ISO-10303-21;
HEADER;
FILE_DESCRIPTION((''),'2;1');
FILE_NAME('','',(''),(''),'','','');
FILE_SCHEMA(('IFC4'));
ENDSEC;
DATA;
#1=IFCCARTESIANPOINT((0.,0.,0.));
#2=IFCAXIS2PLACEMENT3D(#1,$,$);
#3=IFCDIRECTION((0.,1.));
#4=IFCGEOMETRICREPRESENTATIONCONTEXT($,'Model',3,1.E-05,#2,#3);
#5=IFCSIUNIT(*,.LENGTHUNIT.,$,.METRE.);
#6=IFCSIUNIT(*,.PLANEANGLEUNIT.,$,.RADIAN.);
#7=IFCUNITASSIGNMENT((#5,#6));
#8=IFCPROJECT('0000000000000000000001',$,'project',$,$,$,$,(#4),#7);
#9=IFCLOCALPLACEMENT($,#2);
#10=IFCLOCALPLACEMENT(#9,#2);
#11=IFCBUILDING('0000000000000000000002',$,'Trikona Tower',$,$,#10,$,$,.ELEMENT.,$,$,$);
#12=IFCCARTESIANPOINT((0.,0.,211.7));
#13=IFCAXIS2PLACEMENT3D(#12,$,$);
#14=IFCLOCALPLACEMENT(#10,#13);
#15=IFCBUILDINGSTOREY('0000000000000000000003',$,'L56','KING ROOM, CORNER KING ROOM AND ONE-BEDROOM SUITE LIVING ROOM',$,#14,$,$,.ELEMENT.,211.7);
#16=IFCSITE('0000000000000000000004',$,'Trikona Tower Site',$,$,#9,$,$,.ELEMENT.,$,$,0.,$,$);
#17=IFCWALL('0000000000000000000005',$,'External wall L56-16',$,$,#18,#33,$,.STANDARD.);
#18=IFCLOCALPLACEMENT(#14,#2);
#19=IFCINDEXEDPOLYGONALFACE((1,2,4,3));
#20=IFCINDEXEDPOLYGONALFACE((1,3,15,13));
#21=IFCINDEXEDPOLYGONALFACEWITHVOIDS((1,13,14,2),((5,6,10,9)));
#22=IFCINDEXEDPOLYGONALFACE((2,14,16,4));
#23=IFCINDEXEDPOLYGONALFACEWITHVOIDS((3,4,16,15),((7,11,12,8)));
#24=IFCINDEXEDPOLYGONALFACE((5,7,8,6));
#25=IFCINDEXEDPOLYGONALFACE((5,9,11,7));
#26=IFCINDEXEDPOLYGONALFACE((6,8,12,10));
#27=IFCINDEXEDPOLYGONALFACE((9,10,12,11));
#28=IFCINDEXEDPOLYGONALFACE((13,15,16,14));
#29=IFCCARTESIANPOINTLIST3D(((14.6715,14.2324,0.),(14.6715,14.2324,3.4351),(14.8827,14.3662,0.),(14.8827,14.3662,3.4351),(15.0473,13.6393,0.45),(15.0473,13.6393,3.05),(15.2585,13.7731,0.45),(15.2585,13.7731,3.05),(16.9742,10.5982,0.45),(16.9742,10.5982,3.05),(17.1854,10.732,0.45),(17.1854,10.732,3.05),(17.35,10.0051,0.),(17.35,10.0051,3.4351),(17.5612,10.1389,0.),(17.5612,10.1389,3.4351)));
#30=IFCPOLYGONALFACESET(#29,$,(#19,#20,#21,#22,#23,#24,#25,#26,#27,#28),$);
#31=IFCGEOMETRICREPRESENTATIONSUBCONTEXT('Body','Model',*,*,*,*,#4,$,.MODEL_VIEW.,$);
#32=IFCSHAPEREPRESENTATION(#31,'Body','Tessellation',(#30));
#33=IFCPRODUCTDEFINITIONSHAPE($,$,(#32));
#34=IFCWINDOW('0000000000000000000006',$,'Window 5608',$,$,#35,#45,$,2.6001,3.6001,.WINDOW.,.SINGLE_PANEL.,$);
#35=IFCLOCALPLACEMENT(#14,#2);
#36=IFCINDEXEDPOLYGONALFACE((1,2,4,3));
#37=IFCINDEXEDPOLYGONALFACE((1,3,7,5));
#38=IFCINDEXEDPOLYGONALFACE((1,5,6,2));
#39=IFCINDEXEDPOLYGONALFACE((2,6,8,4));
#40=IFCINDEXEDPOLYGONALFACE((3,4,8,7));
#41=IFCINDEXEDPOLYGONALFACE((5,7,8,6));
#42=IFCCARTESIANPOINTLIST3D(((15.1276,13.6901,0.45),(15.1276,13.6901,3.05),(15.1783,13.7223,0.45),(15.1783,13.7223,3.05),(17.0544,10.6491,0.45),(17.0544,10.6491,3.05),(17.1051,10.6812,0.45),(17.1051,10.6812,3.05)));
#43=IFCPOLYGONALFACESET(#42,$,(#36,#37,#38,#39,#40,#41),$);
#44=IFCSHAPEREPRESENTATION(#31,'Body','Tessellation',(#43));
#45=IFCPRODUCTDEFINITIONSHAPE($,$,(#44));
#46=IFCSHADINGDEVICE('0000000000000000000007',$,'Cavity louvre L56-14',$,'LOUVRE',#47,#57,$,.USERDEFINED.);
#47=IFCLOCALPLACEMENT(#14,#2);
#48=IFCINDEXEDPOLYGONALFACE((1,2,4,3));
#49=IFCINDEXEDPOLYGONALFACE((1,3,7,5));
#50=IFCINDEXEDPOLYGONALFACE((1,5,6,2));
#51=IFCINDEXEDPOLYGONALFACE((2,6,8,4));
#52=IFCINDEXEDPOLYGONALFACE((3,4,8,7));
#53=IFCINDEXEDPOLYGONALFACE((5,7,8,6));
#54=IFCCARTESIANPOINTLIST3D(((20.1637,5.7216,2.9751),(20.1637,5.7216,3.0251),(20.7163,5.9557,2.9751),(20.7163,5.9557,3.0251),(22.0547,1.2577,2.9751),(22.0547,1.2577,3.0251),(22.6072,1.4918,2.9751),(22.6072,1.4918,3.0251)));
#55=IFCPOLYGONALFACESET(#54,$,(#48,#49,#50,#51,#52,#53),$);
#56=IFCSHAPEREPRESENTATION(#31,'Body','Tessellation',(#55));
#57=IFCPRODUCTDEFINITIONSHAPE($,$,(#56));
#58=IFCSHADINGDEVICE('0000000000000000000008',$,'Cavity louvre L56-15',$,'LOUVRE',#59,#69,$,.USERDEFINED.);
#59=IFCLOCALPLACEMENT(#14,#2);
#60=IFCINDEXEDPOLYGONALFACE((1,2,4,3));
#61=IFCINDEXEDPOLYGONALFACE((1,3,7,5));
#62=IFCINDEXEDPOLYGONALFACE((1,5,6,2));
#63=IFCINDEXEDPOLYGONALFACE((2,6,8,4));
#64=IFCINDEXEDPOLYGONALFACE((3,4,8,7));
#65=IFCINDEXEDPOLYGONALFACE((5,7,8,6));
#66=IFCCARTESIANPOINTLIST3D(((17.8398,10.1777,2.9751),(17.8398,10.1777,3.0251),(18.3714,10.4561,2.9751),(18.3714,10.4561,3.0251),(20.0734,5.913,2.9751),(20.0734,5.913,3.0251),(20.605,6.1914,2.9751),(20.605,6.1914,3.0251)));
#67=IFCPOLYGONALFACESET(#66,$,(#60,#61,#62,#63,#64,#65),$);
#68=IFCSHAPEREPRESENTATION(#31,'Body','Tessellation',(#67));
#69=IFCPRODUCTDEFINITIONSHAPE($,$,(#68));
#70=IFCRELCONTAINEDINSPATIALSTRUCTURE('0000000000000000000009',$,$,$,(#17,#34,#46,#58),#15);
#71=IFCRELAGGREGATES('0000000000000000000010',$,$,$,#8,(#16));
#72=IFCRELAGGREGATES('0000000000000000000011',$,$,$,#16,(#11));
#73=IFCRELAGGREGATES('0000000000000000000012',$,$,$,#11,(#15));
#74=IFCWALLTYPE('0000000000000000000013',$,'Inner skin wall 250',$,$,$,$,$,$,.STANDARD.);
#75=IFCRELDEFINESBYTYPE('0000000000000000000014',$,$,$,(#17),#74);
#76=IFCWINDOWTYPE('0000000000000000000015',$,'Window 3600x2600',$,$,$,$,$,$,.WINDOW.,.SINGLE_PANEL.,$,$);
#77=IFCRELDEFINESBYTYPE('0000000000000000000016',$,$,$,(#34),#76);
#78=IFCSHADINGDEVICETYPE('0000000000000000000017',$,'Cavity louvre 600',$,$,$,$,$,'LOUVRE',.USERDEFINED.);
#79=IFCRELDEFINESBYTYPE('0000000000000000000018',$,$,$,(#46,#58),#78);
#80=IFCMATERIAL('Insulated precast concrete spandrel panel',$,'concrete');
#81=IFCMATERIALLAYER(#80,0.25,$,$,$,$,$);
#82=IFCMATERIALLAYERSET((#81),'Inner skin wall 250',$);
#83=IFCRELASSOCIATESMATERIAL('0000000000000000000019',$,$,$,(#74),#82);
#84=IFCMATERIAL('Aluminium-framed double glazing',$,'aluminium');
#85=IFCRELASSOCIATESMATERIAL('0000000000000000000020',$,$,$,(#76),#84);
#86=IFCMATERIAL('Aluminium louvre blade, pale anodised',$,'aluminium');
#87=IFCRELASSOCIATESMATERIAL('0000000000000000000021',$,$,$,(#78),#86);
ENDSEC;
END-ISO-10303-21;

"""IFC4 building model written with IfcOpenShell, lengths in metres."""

from ifc_helpers import new_model, si_unit, direction, frame, frame_2d, origin, origin_2d, place, context, subcontext, project, spatial, rectangle, extrude, material, layer, layer_set, type_object, element, fill, save


model = new_model("IFC4")

# Units and contexts
model_context = context("Model", 3, precision=1e-05, world=origin(), true_north=direction((0.0, 1.0)))
body_context = subcontext(model_context, "Body", "Model", "MODEL_VIEW")
ifc_project = project(units=[si_unit("LENGTHUNIT", "METRE"), si_unit("PLANEANGLEUNIT", "RADIAN")], contexts=[model_context])

# Site, building, storey
site_placement = place(None, origin())
site = spatial("IfcSite", under=ifc_project, at=site_placement, Name="Trikona Tower Site", CompositionType="ELEMENT", RefElevation=0.0)
building_placement = place(site_placement, origin())
building = spatial("IfcBuilding", under=site, at=building_placement, Name="Trikona Tower", CompositionType="ELEMENT")
storey_placement = place(building_placement, frame((0.0, 0.0, 211.7)))
storey = spatial("IfcBuildingStorey", under=building, at=storey_placement, Name="L56", Description="KING ROOM, CORNER KING ROOM AND ONE-BEDROOM SUITE LIVING ROOM", CompositionType="ELEMENT", Elevation=211.7)

# Wall, opening, window
ifc_material_1 = material(Name="Insulated precast concrete spandrel panel", Category="concrete")
ifc_layer_1 = layer(ifc_material_1, 0.25)
ifc_layer_set_1 = layer_set([ifc_layer_1], Name="Inner skin wall 250")
wall_type_1 = type_object("IfcWallType", Name="Inner skin wall 250", PredefinedType="STANDARD", material=ifc_layer_set_1)
ifc_material_2 = material(Name="Aluminium-framed double glazing", Category="aluminium")
window_type = type_object("IfcWindowType", Name="Window 3600x2600", PartitioningType="SINGLE_PANEL", PredefinedType="WINDOW", material=ifc_material_2)
wall_1_placement = place(storey_placement, frame((17.4556, 10.072, 0.0), z_axis=(0.0, 0.0, 1.0), x_axis=(-0.53522, 0.844712, 0.0)))
wall_1 = element("IfcWall", 1, at=wall_1_placement, inside=storey, type_object=wall_type_1, Name="External wall L56-16", PredefinedType="STANDARD", context=body_context, shape_type="SweptSolid", body=[
    extrude(rectangle(XDim=5.0044, YDim=0.25, at=frame_2d((2.5022, 0.0))), origin(), (0.0, 0.0, 1.0), 3.4351),
])
opening_1_placement = place(wall_1_placement, frame((0.7021, 0.0, 0.45)))
opening_1 = element("IfcOpeningElement", 2, at=opening_1_placement, cuts=wall_1, PredefinedType="OPENING", context=body_context, shape_type="SweptSolid", body=[
    extrude(rectangle(XDim=3.6001, YDim=2.6001, at=frame_2d((1.8, 1.3))), frame((0.0, 0.135, 0.0), z_axis=(0.0, -1.0, 0.0), x_axis=(1.0, 0.0, 0.0)), (0.0, 0.0, 1.0), 0.27),
])
window_1_placement = place(opening_1_placement, origin())
window_1 = element("IfcWindow", 3, at=window_1_placement, inside=storey, type_object=window_type, Name="Window 5608", OverallHeight=2.6001, OverallWidth=3.6001, PartitioningType="SINGLE_PANEL", PredefinedType="WINDOW", context=body_context, shape_type="SweptSolid", body=[
    extrude(rectangle(XDim=3.6001, YDim=2.6001, at=frame_2d((1.8, 1.3))), frame((0.0, 0.03, 0.0), z_axis=(0.0, -1.0, 0.0), x_axis=(1.0, 0.0, 0.0)), (0.0, 0.0, 1.0), 0.0601),
])
fill(opening_1, window_1)

# Shading devices
ifc_material_3 = material(Name="Aluminium louvre blade, pale anodised", Category="aluminium")
shading_device_type = type_object("IfcShadingDeviceType", Name="Cavity louvre 600", ElementType="LOUVRE", PredefinedType="USERDEFINED", material=ifc_material_3)
shading_device_1_placement = place(storey_placement, frame((21.3855, 3.6067, 2.9751), z_axis=(0.0, 0.0, 1.0), x_axis=(-0.390051, 0.920793, 0.0)))
element("IfcShadingDevice", 4, at=shading_device_1_placement, inside=storey, type_object=shading_device_type, Name="Cavity louvre L56-14", ObjectType="LOUVRE", PredefinedType="USERDEFINED", context=body_context, shape_type="SweptSolid", body=[
    extrude(rectangle(XDim=4.8479, YDim=0.6001, at=origin_2d()), origin(), (0.0, 0.0, 1.0), 0.05),
])
shading_device_2_placement = place(storey_placement, frame((19.2224, 8.1846, 2.9751), z_axis=(0.0, 0.0, 1.0), x_axis=(-0.463952, 0.88586, 0.0)))
element("IfcShadingDevice", 5, at=shading_device_2_placement, inside=storey, type_object=shading_device_type, Name="Cavity louvre L56-15", ObjectType="LOUVRE", PredefinedType="USERDEFINED", context=body_context, shape_type="SweptSolid", body=[
    extrude(rectangle(XDim=4.8142, YDim=0.6001, at=origin_2d()), origin(), (0.0, 0.0, 1.0), 0.05),
])

save(model, "model.ifc")
